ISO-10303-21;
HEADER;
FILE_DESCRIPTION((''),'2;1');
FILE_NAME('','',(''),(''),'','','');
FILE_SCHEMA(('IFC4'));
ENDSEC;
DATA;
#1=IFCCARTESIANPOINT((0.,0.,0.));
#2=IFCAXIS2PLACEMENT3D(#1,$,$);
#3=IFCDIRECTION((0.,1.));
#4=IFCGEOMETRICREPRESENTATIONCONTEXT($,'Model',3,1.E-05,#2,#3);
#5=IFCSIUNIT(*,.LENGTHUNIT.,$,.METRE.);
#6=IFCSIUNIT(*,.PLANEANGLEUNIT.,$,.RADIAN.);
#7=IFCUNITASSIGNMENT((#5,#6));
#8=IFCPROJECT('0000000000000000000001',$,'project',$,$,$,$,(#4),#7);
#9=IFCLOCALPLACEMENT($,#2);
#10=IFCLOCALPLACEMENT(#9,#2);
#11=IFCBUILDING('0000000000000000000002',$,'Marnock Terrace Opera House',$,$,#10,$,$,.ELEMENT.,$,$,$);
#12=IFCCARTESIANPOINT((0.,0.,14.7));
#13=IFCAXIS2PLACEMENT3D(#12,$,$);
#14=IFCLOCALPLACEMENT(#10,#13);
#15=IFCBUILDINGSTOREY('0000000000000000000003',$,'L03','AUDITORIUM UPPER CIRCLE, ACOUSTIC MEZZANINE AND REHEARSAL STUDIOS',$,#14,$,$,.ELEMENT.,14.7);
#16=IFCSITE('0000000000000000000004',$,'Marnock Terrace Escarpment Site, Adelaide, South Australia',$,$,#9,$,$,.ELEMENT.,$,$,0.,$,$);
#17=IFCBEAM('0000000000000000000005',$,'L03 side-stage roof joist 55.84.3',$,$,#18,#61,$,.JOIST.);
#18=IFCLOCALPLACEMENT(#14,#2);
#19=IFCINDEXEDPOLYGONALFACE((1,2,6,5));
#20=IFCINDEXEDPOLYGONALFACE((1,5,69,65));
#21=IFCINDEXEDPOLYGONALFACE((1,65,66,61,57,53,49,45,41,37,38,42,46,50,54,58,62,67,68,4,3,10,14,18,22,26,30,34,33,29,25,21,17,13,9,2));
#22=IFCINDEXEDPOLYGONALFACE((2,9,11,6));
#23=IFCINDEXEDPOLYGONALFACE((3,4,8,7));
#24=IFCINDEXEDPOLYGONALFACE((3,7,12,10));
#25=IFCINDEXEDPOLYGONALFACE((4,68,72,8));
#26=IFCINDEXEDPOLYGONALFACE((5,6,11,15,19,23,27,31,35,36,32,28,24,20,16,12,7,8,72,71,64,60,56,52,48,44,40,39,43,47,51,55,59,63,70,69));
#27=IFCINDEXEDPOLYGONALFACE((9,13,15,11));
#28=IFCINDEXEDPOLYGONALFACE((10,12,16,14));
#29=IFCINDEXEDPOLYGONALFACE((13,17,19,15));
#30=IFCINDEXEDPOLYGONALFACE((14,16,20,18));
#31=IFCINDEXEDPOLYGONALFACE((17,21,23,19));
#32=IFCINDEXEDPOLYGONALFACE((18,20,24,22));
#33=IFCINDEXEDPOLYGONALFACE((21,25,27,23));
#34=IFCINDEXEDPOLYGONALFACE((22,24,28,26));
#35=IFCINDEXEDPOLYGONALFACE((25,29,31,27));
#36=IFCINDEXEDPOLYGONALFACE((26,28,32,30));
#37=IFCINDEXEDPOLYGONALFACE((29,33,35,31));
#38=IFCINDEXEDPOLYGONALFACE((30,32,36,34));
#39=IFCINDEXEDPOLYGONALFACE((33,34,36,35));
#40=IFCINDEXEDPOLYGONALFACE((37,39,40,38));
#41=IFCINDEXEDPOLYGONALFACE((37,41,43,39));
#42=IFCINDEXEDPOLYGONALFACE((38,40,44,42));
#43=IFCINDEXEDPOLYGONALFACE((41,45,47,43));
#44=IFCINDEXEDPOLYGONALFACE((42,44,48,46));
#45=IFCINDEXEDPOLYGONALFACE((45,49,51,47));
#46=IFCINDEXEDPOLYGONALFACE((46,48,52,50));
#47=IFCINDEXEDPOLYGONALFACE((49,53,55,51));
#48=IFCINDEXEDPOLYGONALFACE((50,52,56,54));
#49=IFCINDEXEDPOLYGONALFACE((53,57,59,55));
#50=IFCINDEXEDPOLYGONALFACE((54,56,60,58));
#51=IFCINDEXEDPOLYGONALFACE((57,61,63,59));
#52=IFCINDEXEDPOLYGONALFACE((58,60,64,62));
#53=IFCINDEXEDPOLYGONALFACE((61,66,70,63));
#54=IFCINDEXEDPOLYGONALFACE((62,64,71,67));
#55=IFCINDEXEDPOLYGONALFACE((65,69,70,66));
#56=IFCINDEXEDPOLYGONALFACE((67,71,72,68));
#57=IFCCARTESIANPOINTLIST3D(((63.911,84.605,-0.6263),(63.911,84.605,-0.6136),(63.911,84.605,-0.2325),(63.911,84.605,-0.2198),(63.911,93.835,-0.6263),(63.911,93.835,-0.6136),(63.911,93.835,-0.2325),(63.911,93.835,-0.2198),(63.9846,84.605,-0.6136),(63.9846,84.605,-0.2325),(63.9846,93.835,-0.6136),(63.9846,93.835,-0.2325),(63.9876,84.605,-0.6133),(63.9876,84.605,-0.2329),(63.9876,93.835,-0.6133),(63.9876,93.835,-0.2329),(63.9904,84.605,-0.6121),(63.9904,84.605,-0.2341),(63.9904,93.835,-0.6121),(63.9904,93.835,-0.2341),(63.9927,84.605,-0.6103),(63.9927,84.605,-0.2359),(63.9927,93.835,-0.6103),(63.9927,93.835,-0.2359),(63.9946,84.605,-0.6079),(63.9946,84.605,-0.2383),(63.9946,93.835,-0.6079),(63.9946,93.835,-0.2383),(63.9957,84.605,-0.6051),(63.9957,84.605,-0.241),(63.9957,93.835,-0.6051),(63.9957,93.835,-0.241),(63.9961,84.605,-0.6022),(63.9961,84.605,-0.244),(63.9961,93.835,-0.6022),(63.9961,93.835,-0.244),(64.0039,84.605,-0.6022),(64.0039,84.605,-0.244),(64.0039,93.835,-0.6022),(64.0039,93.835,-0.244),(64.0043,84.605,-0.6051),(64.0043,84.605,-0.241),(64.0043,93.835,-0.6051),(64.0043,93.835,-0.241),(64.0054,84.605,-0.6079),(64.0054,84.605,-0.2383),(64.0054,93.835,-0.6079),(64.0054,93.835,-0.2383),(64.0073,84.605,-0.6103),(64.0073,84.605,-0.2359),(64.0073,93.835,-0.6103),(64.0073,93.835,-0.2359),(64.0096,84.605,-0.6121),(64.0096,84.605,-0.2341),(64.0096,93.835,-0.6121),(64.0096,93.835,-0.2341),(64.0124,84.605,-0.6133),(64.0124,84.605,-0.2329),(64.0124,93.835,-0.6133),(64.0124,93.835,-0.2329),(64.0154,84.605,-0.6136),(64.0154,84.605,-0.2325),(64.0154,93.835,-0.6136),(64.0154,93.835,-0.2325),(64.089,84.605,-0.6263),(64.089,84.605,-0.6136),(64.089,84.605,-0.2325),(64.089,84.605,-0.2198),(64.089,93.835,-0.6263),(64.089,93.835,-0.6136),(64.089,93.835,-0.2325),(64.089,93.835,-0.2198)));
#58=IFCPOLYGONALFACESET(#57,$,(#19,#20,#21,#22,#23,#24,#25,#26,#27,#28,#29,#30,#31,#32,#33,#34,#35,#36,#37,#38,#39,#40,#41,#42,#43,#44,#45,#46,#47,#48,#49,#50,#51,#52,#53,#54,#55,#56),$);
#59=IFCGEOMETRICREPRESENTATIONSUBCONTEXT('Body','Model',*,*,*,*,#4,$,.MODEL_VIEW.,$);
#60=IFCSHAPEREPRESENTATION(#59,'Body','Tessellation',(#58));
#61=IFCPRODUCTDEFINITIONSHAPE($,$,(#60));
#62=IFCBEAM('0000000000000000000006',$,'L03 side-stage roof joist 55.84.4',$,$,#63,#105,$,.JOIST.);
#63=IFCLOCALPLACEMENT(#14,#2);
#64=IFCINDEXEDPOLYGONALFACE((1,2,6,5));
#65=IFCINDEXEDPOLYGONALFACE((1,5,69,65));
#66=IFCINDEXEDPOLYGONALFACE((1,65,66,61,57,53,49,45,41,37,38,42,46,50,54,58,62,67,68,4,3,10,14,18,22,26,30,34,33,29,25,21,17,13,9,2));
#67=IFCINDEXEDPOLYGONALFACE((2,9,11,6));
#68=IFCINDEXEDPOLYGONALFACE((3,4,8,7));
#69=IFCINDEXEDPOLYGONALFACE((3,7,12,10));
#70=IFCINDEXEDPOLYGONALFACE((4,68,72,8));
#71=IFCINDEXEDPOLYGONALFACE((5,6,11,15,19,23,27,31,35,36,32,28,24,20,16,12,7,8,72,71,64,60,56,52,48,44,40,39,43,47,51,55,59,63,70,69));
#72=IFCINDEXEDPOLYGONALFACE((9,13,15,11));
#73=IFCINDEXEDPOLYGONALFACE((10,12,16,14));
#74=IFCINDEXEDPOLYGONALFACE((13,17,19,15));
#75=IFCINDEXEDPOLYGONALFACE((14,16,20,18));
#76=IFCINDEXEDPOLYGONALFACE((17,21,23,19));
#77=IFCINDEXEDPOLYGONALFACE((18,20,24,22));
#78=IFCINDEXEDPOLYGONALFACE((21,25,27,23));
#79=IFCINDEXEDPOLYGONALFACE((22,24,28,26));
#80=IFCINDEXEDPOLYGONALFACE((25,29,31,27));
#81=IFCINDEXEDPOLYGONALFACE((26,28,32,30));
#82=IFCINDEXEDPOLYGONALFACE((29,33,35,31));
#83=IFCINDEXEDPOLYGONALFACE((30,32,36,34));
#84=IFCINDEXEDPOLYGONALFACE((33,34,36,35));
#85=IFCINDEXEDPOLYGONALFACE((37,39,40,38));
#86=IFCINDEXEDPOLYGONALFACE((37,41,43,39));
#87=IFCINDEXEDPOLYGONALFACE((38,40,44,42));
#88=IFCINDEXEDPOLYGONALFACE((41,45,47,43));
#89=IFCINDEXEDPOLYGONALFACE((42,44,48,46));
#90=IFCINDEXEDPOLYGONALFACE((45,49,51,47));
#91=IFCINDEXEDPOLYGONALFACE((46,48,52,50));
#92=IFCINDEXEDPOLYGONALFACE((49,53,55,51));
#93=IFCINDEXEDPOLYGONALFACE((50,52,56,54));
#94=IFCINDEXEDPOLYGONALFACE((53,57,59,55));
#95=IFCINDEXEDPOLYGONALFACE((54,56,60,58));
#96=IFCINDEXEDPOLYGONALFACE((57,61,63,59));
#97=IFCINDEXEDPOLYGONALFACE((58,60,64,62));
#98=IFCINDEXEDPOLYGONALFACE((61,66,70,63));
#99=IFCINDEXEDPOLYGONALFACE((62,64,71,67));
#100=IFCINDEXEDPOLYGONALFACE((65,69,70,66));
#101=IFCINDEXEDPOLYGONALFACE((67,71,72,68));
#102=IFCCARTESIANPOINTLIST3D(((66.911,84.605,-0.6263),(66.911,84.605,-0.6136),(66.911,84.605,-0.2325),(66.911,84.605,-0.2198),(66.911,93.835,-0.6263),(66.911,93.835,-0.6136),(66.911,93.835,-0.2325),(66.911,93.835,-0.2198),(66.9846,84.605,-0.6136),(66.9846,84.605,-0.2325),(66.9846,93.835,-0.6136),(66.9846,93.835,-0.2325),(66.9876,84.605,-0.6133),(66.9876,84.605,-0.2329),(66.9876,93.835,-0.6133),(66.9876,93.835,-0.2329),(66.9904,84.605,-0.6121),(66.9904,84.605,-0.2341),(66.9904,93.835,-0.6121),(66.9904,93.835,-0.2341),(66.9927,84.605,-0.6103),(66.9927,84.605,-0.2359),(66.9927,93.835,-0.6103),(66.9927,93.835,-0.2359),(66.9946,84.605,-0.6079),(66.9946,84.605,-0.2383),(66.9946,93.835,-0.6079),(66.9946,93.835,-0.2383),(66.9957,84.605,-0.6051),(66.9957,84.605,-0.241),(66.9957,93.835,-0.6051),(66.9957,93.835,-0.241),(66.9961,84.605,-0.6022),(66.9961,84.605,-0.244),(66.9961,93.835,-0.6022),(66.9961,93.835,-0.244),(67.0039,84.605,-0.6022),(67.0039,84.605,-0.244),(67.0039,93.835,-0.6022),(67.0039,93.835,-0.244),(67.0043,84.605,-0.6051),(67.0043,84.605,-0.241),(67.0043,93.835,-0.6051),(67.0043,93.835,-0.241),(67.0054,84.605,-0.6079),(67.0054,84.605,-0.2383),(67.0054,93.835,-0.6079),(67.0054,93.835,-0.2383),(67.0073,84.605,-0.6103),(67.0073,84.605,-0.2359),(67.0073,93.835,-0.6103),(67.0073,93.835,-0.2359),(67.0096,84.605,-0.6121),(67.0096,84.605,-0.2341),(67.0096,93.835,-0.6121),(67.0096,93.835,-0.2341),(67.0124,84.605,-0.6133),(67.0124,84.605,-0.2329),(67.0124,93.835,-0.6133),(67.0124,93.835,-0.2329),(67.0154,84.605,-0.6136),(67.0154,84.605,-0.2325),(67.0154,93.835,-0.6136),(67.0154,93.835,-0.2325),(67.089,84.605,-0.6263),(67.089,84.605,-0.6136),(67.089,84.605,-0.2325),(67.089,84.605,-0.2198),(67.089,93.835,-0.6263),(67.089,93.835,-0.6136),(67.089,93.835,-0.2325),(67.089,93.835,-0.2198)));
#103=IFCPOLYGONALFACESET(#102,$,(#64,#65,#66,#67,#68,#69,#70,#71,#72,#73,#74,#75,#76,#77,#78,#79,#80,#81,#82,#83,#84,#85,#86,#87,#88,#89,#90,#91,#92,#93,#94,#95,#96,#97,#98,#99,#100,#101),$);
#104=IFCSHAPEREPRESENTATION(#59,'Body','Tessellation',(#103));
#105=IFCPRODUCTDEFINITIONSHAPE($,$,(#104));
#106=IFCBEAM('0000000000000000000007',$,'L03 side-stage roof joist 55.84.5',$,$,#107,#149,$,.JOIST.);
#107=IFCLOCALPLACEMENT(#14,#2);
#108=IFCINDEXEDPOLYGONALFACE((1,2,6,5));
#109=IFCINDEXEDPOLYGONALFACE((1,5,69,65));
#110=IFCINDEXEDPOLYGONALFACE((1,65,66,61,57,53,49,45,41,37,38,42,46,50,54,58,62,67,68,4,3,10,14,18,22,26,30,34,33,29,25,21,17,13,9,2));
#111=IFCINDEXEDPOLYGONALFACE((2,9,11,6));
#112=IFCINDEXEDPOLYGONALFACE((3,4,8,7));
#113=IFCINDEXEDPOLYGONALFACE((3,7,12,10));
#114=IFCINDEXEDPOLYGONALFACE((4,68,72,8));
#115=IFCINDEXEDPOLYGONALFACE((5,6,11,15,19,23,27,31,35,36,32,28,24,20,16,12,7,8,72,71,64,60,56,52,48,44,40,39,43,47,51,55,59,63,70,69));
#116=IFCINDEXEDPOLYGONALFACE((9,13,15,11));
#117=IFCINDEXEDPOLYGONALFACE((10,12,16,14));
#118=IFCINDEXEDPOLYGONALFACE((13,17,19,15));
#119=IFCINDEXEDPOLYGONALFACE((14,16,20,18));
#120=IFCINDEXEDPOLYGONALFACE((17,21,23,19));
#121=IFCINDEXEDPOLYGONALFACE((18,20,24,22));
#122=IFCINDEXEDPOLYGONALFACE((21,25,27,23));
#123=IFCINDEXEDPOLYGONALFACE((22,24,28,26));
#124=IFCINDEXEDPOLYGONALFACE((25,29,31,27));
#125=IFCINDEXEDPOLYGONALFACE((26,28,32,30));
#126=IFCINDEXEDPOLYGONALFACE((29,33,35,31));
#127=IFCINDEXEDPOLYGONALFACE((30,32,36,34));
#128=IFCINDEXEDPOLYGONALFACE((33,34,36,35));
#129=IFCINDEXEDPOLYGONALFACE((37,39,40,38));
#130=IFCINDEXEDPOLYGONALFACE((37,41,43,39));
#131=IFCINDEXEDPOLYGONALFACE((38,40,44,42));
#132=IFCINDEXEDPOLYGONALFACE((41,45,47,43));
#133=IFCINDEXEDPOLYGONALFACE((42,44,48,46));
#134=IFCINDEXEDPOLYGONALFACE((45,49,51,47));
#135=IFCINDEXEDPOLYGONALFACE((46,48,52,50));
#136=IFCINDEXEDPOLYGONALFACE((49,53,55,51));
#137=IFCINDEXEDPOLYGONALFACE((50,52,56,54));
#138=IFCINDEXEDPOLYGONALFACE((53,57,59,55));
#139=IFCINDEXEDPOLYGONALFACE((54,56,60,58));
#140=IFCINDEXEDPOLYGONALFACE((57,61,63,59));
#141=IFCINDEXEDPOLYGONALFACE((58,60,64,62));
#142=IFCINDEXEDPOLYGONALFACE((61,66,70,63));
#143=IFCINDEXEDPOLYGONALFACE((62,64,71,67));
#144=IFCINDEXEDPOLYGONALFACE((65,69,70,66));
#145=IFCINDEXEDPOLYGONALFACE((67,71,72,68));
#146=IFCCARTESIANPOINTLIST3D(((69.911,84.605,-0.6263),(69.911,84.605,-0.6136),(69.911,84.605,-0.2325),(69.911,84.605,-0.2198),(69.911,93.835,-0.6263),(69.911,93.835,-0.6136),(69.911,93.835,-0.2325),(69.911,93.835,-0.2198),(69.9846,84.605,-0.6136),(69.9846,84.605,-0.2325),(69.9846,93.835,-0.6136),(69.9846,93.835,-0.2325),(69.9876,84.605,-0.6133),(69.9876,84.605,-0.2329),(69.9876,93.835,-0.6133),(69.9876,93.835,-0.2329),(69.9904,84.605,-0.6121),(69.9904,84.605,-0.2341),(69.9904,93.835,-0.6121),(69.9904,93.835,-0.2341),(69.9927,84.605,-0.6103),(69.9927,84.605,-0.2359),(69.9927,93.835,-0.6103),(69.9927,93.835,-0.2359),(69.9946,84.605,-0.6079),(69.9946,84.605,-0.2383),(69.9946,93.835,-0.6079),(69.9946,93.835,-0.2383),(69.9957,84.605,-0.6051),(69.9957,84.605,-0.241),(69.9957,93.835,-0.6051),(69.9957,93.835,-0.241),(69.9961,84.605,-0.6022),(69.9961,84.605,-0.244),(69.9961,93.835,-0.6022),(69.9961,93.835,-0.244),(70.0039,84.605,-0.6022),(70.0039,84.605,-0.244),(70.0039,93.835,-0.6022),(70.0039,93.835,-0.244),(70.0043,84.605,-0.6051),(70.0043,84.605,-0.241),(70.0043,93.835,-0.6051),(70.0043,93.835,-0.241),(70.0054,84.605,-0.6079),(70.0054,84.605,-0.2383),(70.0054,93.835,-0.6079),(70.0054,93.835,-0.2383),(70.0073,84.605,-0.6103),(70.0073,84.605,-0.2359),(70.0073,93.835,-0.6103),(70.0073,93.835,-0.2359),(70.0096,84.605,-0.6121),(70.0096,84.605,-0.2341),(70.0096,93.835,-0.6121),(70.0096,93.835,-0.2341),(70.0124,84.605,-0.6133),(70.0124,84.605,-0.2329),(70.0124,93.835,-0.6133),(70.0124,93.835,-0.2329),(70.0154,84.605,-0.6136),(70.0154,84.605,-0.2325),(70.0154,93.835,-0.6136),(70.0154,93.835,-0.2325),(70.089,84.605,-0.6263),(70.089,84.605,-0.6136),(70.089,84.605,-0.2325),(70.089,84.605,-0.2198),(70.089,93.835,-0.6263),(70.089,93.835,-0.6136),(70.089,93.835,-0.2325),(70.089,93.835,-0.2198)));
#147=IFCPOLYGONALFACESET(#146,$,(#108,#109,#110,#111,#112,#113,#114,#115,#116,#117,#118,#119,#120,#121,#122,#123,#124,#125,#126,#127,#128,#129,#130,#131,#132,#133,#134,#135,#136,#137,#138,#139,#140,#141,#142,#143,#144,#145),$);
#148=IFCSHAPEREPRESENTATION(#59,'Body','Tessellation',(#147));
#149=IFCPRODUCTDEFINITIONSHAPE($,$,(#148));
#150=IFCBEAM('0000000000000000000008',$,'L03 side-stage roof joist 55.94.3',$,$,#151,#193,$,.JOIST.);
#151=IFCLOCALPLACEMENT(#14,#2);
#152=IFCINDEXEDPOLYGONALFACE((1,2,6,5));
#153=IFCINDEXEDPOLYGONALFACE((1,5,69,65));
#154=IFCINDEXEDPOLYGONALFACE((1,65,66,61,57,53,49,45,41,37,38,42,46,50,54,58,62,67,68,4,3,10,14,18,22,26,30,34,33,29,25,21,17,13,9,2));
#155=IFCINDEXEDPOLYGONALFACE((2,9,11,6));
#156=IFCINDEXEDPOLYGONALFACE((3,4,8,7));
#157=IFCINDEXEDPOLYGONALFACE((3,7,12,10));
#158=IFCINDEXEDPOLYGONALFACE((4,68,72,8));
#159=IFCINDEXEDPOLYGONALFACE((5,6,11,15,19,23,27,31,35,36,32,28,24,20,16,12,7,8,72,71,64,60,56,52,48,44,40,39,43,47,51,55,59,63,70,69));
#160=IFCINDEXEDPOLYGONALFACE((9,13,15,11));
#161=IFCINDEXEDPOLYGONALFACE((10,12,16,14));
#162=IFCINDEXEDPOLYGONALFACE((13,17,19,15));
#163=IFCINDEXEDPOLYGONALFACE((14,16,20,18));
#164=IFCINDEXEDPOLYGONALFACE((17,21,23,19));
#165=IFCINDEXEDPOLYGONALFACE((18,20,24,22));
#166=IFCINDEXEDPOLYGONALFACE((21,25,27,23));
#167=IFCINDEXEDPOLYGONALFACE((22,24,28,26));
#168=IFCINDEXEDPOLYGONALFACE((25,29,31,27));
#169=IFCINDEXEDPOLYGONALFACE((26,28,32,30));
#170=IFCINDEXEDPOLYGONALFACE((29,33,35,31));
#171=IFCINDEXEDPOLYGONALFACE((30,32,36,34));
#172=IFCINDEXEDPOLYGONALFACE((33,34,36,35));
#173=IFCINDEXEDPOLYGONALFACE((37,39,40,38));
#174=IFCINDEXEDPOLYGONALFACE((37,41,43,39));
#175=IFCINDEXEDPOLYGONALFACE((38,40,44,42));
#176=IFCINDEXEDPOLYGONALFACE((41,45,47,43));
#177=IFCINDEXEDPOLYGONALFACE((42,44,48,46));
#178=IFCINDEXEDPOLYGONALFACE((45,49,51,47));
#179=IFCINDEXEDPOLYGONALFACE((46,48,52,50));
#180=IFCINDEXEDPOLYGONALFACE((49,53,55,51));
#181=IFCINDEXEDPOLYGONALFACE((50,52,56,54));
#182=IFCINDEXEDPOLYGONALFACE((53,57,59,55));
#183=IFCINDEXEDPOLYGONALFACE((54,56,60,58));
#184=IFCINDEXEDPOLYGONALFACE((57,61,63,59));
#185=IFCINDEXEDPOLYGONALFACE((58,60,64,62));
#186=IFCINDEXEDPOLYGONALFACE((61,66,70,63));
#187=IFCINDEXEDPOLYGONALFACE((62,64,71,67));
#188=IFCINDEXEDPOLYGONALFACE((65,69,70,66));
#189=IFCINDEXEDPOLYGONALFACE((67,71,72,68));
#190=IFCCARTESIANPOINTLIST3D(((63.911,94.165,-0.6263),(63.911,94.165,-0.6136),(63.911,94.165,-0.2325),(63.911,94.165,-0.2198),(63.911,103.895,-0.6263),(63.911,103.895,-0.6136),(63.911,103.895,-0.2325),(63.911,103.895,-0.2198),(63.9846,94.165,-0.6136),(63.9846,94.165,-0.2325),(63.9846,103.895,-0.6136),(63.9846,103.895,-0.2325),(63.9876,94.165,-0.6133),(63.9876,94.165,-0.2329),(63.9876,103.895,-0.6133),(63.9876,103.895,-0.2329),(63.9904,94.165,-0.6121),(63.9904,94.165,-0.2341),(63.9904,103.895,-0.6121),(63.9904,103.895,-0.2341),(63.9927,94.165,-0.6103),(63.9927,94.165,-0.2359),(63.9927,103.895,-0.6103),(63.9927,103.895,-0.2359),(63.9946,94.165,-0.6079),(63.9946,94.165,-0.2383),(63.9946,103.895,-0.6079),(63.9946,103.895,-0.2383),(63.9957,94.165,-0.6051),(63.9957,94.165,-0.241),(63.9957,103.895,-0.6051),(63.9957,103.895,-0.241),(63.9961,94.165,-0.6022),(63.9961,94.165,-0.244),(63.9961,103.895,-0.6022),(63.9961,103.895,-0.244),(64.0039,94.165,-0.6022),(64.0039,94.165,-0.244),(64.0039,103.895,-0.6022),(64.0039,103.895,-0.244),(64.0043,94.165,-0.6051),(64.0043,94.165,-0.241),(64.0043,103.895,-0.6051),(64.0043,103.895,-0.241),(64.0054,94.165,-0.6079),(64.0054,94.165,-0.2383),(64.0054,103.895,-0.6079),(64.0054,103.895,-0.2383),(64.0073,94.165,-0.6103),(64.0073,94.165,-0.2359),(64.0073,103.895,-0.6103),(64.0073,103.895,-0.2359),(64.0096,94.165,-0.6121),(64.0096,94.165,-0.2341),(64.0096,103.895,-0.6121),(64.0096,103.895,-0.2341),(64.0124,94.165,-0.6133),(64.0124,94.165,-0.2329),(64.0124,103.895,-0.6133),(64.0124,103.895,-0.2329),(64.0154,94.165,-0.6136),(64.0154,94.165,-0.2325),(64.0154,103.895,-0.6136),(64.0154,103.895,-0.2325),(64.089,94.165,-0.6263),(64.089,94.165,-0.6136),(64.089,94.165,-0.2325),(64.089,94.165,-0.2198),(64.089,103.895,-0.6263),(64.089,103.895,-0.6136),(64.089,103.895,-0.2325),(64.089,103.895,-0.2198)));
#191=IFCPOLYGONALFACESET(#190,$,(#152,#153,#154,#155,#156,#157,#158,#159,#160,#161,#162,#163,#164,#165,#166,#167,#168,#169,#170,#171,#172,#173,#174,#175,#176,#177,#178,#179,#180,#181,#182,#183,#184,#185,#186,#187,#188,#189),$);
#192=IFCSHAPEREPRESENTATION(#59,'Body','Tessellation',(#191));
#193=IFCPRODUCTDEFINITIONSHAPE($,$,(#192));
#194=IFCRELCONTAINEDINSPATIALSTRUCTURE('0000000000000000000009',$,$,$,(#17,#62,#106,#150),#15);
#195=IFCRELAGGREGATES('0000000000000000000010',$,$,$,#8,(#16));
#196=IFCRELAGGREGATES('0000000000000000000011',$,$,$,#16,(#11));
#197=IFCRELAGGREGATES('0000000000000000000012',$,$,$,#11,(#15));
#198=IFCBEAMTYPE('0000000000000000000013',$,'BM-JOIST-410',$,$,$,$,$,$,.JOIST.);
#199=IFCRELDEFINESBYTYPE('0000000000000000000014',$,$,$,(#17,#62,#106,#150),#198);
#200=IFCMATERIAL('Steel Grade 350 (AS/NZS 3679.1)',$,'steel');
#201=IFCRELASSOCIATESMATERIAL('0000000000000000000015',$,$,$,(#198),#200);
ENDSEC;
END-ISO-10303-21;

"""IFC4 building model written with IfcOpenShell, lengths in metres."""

from ifc_helpers import new_model, si_unit, direction, frame, origin, origin_2d, place, context, subcontext, project, spatial, i_section, extrude, material, material_profile, profile_set, type_object, element, save


model = new_model("IFC4")

# Units and contexts
model_context = context("Model", 3, precision=1e-05, world=origin(), true_north=direction((0.0, 1.0)))
body_context = subcontext(model_context, "Body", "Model", "MODEL_VIEW")
ifc_project = project(units=[si_unit("LENGTHUNIT", "METRE"), si_unit("PLANEANGLEUNIT", "RADIAN")], contexts=[model_context])

# Site, building, storey
site_placement = place(None, origin())
site = spatial("IfcSite", under=ifc_project, at=site_placement, Name="Marnock Terrace Escarpment Site, Adelaide, South Australia", CompositionType="ELEMENT", RefElevation=0.0)
building_placement = place(site_placement, origin())
building = spatial("IfcBuilding", under=site, at=building_placement, Name="Marnock Terrace Opera House", CompositionType="ELEMENT")
storey_placement = place(building_placement, frame((0.0, 0.0, 14.7)))
storey = spatial("IfcBuildingStorey", under=building, at=storey_placement, Name="L03", Description="AUDITORIUM UPPER CIRCLE, ACOUSTIC MEZZANINE AND REHEARSAL STUDIOS", CompositionType="ELEMENT", Elevation=14.7)

# Beams
ifc_material_1 = material(Name="Steel Grade 350 (AS/NZS 3679.1)", Category="steel")
ifc_material_profile_1 = material_profile(ifc_material_1, i_section(OverallWidth=0.178, OverallDepth=0.4065, WebThickness=0.0078, FlangeThickness=0.0127, FilletRadius=0.0115, at=origin_2d()))
ifc_profile_set_1 = profile_set([ifc_material_profile_1], Name="Steel Grade 350 (AS/NZS 3679.1)")
beam_type_1 = type_object("IfcBeamType", Name="BM-JOIST-410", PredefinedType="JOIST", material=ifc_profile_set_1)
for number, where, z_axis, x_axis, name in (
    (1, (64.0, 84.605, -0.4231), (0.0, 1.0, 0.0), (-1.0, 0.0, 0.0), "L03 side-stage roof joist 55.84.3"),
    (2, (67.0, 84.605, -0.4231), (0.0, 1.0, 0.0), (-1.0, 0.0, 0.0), "L03 side-stage roof joist 55.84.4"),
    (3, (70.0, 84.605, -0.4231), (0.0, 1.0, 0.0), (-1.0, 0.0, 0.0), "L03 side-stage roof joist 55.84.5"),
):
    element("IfcBeam", number, at=place(storey_placement, frame(where, z_axis=z_axis, x_axis=x_axis)), inside=storey, type_object=beam_type_1, Name=name, PredefinedType="JOIST", context=body_context, shape_type="SweptSolid", body=[
        extrude(i_section(OverallWidth=0.178, OverallDepth=0.4065, WebThickness=0.0078, FlangeThickness=0.0127, FilletRadius=0.0115, at=origin_2d()), origin(), (0.0, 0.0, 1.0), 9.23),
    ])
for number, where, z_axis, x_axis, name in (
    (4, (64.0, 94.165, -0.4231), (0.0, 1.0, 0.0), (-1.0, 0.0, 0.0), "L03 side-stage roof joist 55.94.3"),
):
    element("IfcBeam", number, at=place(storey_placement, frame(where, z_axis=z_axis, x_axis=x_axis)), inside=storey, type_object=beam_type_1, Name=name, PredefinedType="JOIST", context=body_context, shape_type="SweptSolid", body=[
        extrude(i_section(OverallWidth=0.178, OverallDepth=0.4065, WebThickness=0.0078, FlangeThickness=0.0127, FilletRadius=0.0115, at=origin_2d()), origin(), (0.0, 0.0, 1.0), 9.73),
    ])

save(model, "model.ifc")
